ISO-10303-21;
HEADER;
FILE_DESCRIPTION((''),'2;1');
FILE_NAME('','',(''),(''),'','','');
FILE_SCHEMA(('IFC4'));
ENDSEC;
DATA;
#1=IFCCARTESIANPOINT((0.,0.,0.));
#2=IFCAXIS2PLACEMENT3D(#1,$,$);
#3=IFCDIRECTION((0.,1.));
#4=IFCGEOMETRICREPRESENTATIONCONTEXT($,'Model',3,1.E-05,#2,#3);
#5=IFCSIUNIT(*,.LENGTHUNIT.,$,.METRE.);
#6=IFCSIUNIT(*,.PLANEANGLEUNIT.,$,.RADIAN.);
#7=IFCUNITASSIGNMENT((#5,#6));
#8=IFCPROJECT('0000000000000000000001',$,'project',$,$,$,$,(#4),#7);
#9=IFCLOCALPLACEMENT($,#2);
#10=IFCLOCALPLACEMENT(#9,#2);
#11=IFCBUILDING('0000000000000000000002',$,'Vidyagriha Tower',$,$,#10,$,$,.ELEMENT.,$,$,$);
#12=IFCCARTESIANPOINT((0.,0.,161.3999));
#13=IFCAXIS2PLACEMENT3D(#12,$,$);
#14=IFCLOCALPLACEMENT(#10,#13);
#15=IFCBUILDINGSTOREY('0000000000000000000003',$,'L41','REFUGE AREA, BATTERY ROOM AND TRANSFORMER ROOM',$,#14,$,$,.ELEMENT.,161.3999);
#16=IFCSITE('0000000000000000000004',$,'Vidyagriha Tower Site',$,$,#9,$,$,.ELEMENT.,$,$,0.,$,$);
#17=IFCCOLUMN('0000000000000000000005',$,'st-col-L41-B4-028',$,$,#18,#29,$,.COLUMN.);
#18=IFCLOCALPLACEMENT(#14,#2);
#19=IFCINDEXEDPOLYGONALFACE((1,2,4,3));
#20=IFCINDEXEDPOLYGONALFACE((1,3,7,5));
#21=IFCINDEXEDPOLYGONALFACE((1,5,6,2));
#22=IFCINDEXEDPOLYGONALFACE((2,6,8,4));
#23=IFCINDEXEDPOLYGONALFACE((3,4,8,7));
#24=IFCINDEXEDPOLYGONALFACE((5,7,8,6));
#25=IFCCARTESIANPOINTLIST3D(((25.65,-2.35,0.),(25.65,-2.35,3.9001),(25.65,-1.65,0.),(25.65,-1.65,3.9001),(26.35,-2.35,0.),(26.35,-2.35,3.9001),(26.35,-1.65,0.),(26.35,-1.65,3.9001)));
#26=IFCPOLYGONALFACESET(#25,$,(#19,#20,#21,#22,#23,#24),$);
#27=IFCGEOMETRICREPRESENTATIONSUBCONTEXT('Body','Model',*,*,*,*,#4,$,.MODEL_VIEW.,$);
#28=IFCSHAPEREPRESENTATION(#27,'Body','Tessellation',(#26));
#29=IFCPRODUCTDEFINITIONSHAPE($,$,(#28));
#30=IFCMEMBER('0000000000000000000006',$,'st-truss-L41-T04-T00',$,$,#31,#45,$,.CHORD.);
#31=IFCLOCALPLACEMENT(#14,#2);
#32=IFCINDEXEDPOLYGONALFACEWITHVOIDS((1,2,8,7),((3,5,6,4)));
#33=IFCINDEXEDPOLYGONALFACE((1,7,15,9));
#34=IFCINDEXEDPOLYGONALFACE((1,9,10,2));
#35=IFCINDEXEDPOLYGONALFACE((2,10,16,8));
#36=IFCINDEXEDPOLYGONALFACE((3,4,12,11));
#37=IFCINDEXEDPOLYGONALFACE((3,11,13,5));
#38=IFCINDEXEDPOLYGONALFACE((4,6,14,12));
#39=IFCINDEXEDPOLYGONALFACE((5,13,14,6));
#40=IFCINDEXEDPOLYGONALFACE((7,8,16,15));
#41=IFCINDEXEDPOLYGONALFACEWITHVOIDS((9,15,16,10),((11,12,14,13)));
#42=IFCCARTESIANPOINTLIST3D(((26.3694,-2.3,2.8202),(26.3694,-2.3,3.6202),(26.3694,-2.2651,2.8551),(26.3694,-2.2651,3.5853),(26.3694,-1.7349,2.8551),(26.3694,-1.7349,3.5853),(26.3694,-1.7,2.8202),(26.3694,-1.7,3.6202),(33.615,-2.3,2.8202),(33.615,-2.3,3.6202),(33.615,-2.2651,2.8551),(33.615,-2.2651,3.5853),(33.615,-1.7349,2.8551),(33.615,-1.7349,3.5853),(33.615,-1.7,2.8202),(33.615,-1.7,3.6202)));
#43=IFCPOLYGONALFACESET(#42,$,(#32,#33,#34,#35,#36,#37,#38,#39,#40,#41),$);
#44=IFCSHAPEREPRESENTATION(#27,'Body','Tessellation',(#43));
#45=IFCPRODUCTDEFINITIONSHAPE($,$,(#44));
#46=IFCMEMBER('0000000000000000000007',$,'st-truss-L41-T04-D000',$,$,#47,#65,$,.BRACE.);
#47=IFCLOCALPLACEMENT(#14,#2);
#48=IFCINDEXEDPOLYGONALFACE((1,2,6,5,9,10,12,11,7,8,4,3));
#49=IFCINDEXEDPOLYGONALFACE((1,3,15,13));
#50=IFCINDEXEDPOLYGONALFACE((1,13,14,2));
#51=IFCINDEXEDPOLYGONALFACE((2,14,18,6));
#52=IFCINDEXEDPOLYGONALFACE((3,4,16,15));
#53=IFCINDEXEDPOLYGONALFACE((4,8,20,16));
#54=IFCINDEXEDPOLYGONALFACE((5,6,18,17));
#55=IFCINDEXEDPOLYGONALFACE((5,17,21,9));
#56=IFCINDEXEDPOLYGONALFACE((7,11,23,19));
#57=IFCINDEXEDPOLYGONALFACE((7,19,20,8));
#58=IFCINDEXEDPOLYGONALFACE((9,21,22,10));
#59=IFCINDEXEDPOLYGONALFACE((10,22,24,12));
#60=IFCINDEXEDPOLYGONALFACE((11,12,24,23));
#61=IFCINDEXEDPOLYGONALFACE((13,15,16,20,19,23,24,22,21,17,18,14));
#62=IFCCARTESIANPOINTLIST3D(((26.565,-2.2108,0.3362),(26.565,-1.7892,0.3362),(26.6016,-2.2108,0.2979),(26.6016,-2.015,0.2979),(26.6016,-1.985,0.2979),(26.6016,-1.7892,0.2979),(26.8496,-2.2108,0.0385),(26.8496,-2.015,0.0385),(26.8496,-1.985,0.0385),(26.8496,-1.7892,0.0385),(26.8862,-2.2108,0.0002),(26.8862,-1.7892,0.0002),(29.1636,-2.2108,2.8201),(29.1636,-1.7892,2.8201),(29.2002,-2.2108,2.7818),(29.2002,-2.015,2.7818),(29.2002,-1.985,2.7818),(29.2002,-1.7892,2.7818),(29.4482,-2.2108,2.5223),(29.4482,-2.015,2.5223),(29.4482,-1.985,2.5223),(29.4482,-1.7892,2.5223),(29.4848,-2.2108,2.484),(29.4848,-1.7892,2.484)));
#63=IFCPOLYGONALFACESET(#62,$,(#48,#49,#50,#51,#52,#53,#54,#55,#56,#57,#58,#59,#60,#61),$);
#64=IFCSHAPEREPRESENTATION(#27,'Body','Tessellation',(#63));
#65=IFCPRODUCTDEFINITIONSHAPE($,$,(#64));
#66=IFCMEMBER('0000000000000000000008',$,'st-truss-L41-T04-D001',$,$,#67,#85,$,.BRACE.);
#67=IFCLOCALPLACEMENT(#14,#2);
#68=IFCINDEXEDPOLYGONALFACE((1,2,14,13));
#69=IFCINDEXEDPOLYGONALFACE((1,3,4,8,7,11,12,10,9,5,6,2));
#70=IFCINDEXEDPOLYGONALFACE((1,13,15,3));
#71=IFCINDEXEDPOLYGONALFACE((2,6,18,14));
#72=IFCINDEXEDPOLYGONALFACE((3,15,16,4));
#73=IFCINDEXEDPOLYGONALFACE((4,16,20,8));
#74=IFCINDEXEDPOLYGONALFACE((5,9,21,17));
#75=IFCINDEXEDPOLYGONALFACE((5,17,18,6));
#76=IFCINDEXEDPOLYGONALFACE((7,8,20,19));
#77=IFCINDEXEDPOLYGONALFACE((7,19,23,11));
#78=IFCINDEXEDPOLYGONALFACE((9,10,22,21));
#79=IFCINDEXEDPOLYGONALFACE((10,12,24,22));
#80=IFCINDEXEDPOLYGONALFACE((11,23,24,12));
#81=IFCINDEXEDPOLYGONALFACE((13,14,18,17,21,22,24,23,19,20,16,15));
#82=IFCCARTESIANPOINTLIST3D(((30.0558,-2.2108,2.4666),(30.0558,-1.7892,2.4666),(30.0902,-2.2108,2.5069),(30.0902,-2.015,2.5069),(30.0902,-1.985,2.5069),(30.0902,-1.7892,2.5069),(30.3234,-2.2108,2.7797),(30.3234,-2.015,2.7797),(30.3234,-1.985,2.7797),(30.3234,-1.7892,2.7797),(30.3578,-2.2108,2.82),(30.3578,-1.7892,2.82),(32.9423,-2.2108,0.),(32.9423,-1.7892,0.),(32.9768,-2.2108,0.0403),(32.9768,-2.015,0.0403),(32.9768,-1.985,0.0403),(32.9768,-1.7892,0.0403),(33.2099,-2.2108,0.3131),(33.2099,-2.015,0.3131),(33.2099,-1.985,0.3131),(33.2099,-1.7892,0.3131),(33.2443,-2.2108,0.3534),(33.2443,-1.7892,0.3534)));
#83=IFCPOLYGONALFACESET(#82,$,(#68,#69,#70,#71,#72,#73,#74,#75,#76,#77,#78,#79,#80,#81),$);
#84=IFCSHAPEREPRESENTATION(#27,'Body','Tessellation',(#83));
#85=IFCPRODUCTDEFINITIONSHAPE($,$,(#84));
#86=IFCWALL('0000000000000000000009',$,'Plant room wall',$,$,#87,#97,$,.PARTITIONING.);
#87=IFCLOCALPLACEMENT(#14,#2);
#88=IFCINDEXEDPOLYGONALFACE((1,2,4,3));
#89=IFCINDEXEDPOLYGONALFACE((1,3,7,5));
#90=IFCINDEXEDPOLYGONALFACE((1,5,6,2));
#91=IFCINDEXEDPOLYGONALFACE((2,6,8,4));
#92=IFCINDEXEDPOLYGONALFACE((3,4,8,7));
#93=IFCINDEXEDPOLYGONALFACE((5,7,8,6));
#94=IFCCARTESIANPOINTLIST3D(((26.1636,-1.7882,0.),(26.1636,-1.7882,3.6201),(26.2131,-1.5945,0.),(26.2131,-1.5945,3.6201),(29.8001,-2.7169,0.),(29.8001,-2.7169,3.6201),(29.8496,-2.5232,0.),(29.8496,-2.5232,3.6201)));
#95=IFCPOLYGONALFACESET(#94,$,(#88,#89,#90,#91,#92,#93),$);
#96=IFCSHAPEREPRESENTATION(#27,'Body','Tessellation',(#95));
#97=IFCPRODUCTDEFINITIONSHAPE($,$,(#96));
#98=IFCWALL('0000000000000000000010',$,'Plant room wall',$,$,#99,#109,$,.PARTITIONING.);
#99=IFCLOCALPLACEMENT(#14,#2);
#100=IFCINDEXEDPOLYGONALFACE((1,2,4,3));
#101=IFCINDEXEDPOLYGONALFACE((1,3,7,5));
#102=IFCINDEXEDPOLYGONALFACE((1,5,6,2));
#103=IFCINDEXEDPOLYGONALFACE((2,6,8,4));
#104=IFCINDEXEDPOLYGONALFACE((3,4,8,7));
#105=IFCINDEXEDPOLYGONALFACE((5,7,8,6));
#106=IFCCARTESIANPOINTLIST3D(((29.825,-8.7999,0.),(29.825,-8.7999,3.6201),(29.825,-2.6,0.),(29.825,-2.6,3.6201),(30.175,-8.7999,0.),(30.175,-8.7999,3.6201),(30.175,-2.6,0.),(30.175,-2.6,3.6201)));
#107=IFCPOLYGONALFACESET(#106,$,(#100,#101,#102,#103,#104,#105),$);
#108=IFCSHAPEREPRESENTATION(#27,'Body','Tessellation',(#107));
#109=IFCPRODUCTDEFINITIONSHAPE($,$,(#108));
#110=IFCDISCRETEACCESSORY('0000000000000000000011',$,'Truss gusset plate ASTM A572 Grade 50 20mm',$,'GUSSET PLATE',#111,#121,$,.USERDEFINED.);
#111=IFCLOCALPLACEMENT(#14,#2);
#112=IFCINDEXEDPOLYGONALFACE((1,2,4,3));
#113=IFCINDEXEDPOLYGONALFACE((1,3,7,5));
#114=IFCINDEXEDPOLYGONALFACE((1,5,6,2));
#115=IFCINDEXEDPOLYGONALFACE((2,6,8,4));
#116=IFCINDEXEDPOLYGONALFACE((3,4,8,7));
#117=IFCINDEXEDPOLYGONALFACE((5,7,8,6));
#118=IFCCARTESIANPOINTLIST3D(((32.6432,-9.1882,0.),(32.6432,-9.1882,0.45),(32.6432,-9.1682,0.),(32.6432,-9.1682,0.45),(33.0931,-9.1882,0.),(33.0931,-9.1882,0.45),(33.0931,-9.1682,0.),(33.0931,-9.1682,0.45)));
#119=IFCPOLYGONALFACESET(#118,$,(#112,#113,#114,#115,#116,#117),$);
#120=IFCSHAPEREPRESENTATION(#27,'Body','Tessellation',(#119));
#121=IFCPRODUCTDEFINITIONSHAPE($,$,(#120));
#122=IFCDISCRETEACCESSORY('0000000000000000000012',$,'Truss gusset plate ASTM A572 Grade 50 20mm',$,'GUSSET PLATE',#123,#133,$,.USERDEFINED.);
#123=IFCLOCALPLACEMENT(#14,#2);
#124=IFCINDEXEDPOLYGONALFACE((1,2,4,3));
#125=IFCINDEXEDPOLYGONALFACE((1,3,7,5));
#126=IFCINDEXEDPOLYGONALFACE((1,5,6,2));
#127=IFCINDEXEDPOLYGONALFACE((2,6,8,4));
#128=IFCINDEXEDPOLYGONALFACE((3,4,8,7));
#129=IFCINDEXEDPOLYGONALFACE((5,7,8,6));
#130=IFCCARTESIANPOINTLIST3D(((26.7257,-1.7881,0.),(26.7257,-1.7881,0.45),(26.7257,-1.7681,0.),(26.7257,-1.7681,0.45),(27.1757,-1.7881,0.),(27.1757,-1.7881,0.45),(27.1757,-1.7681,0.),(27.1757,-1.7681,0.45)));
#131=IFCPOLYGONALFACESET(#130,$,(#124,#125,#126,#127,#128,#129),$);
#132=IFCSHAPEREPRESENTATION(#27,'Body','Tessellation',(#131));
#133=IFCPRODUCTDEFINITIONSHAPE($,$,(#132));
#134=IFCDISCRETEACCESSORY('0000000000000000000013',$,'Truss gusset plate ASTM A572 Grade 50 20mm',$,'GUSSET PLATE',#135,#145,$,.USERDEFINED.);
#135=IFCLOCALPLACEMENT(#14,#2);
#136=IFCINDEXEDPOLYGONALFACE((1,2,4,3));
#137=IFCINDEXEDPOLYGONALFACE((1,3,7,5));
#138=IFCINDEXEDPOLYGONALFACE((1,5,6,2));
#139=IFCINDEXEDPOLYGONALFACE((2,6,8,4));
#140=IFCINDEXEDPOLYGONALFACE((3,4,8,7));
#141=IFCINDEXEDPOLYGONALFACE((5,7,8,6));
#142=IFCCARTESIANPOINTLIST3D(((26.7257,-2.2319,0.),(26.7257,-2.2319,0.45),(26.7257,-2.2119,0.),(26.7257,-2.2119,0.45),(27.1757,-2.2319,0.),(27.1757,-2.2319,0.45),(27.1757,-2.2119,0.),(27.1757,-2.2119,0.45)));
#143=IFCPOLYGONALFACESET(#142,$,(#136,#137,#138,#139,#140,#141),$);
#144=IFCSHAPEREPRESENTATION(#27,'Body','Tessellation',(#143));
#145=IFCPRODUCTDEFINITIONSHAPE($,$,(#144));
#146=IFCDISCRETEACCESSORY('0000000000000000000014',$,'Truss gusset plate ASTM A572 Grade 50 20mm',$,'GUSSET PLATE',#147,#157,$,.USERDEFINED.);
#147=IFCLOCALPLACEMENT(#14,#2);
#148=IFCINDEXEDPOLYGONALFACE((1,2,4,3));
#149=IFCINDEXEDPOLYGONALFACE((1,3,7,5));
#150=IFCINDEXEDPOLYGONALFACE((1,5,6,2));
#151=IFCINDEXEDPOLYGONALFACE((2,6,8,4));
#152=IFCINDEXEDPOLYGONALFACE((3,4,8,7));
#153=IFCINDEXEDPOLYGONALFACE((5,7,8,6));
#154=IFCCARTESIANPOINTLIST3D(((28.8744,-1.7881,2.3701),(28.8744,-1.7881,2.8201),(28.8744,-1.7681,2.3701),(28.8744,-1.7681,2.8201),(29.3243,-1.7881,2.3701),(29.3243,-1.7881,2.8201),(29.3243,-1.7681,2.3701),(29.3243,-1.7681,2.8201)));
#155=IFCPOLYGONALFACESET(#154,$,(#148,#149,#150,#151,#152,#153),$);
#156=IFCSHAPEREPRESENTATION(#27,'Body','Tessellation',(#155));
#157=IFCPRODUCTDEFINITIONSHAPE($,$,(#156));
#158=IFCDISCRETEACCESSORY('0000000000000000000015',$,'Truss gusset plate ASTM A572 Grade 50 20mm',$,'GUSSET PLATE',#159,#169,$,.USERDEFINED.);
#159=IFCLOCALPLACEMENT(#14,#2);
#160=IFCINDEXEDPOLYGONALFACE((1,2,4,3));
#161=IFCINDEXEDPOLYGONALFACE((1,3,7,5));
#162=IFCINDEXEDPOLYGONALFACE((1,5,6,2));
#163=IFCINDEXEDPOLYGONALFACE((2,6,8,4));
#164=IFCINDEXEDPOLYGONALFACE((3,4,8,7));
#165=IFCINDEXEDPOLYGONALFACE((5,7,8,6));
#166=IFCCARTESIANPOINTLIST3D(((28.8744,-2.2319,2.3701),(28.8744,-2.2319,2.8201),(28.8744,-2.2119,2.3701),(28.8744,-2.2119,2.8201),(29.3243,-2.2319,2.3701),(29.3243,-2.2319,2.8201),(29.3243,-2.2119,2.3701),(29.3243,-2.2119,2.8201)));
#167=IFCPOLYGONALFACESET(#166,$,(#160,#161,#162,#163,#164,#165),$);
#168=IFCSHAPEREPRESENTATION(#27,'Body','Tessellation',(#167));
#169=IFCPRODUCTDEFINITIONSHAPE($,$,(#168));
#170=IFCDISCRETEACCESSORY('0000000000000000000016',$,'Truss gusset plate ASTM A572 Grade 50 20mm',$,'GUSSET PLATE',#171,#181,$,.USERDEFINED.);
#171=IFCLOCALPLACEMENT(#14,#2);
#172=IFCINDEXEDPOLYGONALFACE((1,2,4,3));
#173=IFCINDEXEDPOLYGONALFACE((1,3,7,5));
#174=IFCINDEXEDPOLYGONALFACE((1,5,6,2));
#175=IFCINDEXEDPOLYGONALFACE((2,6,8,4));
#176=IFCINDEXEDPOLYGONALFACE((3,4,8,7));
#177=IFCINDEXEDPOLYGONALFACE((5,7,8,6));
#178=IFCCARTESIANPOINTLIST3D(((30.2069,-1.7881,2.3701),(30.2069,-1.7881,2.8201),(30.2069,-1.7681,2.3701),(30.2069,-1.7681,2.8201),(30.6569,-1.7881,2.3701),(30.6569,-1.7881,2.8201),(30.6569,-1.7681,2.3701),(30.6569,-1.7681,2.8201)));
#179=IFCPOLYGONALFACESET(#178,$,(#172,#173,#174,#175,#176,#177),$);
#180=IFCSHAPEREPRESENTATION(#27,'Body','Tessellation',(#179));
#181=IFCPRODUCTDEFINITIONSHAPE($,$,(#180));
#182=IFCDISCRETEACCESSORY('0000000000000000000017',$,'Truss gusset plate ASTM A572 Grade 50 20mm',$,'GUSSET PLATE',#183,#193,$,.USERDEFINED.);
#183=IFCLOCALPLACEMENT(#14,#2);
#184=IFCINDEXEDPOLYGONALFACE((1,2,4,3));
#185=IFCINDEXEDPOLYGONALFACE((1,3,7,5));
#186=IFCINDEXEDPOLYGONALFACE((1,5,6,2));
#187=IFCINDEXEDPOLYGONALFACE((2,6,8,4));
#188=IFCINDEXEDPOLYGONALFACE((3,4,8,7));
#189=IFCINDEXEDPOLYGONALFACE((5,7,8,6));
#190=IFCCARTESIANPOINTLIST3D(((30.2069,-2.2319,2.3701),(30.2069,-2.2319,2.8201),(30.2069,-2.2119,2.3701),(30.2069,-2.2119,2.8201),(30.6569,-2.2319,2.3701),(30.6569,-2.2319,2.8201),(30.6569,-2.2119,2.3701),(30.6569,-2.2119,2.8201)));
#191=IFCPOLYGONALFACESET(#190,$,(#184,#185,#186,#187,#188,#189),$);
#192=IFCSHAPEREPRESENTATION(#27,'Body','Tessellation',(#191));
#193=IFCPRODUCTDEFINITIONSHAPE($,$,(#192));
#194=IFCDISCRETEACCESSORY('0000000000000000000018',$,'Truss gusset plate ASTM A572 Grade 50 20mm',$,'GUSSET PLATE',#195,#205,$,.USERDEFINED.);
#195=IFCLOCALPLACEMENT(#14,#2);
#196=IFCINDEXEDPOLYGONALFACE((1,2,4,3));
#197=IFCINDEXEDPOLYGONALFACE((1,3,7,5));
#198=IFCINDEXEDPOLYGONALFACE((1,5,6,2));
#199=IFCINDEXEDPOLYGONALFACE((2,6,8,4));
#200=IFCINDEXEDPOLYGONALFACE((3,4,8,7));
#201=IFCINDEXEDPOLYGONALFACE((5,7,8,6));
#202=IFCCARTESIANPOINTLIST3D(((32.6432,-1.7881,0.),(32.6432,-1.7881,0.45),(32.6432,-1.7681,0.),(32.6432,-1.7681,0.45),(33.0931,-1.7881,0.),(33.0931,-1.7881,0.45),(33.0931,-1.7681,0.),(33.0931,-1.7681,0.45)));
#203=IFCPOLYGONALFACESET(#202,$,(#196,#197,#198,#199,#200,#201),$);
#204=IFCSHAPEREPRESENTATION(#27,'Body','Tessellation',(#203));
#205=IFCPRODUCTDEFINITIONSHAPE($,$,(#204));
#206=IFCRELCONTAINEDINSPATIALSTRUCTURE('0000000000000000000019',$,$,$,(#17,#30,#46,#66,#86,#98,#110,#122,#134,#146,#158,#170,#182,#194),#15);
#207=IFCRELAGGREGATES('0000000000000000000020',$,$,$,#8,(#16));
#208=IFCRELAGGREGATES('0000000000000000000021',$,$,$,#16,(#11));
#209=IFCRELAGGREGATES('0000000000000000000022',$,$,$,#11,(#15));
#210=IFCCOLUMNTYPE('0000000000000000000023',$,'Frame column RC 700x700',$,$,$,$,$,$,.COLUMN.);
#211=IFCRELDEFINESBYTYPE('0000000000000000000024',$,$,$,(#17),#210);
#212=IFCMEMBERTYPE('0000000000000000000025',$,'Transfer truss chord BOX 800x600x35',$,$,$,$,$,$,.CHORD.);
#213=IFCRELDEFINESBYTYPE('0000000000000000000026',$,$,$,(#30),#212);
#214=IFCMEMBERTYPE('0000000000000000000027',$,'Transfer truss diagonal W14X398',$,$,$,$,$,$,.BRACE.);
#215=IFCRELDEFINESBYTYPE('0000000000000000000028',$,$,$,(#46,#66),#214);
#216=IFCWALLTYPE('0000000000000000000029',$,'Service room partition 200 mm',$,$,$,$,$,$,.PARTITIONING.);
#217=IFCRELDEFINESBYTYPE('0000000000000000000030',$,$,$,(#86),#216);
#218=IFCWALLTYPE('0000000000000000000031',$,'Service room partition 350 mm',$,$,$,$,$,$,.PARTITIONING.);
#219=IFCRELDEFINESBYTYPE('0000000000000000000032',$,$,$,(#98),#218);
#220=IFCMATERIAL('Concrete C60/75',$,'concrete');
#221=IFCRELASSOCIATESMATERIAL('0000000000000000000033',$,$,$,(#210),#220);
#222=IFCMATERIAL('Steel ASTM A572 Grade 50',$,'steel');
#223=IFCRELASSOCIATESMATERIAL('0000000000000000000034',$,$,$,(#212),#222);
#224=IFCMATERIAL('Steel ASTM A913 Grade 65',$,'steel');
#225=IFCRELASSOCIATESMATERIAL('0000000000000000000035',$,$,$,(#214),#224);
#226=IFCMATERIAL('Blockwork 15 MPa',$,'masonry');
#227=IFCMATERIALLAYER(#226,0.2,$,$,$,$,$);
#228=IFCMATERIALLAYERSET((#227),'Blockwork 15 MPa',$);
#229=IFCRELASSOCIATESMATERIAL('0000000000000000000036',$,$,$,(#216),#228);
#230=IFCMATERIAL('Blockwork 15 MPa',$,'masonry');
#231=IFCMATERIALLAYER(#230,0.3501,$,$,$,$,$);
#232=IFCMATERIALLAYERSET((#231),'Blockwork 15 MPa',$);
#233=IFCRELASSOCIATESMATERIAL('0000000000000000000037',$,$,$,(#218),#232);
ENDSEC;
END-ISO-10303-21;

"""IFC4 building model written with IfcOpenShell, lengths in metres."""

from ifc_helpers import new_model, si_unit, direction, frame, frame_2d, origin, origin_2d, place, context, subcontext, project, spatial, rectangle, hollow_rectangle, i_section, extrude, material, layer, layer_set, material_profile, profile_set, type_object, element, save


model = new_model("IFC4")

# Units and contexts
model_context = context("Model", 3, precision=1e-05, world=origin(), true_north=direction((0.0, 1.0)))
body_context = subcontext(model_context, "Body", "Model", "MODEL_VIEW")
ifc_project = project(units=[si_unit("LENGTHUNIT", "METRE"), si_unit("PLANEANGLEUNIT", "RADIAN")], contexts=[model_context])

# Site, building, storey
site_placement = place(None, origin())
site = spatial("IfcSite", under=ifc_project, at=site_placement, Name="Vidyagriha Tower Site", CompositionType="ELEMENT", RefElevation=0.0)
building_placement = place(site_placement, origin())
building = spatial("IfcBuilding", under=site, at=building_placement, Name="Vidyagriha Tower", CompositionType="ELEMENT")
storey_placement = place(building_placement, frame((0.0, 0.0, 161.3999)))
storey = spatial("IfcBuildingStorey", under=building, at=storey_placement, Name="L41", Description="REFUGE AREA, BATTERY ROOM AND TRANSFORMER ROOM", CompositionType="ELEMENT", Elevation=161.3999)

# Column
ifc_material_1 = material(Name="Concrete C60/75", Category="concrete")
ifc_material_profile_1 = material_profile(ifc_material_1, rectangle(XDim=0.7, YDim=0.7, at=origin_2d()), Name="RC 700x700")
ifc_profile_set_1 = profile_set([ifc_material_profile_1], Name="Concrete C60/75")
column_type = type_object("IfcColumnType", Name="Frame column RC 700x700", PredefinedType="COLUMN", material=ifc_profile_set_1)
column_placement = place(storey_placement, frame((26.0, -2.0, 0.0)))
element("IfcColumn", 1, at=column_placement, inside=storey, type_object=column_type, Name="st-col-L41-B4-028", PredefinedType="COLUMN", context=body_context, shape_type="SweptSolid", body=[
    extrude(rectangle(XDim=0.7, YDim=0.7, at=origin_2d()), origin(), (0.0, 0.0, 1.0), 3.9001),
])

# Members
ifc_material_2 = material(Name="Steel ASTM A572 Grade 50", Category="steel")
ifc_material_profile_2 = material_profile(ifc_material_2, hollow_rectangle(XDim=0.6001, YDim=0.8, WallThickness=0.0349, at=origin_2d()), Name="BOX 800x600x35")
ifc_profile_set_2 = profile_set([ifc_material_profile_2], Name="Steel ASTM A572 Grade 50")
member_type_1 = type_object("IfcMemberType", Name="Transfer truss chord BOX 800x600x35", PredefinedType="CHORD", material=ifc_profile_set_2)
member_1_placement = place(storey_placement, frame((26.3694, -2.0, 3.2202), z_axis=(1.0, 0.0, 0.0), x_axis=(0.0, 1.0, 0.0)))
element("IfcMember", 2, at=member_1_placement, inside=storey, type_object=member_type_1, Name="st-truss-L41-T04-T00", PredefinedType="CHORD", context=body_context, shape_type="SweptSolid", body=[
    extrude(hollow_rectangle(XDim=0.6001, YDim=0.8, WallThickness=0.0349, at=origin_2d()), origin(), (0.0, 0.0, 1.0), 7.2456),
])
ifc_material_3 = material(Name="Steel ASTM A913 Grade 65", Category="steel")
ifc_material_profile_3 = material_profile(ifc_material_3, i_section(OverallWidth=0.4216, OverallDepth=0.4648, WebThickness=0.03, FlangeThickness=0.053, at=origin_2d()), Name="W14X398")
ifc_profile_set_3 = profile_set([ifc_material_profile_3], Name="Steel ASTM A913 Grade 65")
member_type_2 = type_object("IfcMemberType", Name="Transfer truss diagonal W14X398", PredefinedType="BRACE", material=ifc_profile_set_3)
member_2_placement = place(storey_placement, frame((26.7256, -2.0, 0.1682), z_axis=(0.722887, 0.0, 0.690967), x_axis=(0.0, 1.0, 0.0)))
element("IfcMember", 3, at=member_2_placement, inside=storey, type_object=member_type_2, Name="st-truss-L41-T04-D000", PredefinedType="BRACE", context=body_context, shape_type="SweptSolid", body=[
    extrude(i_section(OverallWidth=0.4216, OverallDepth=0.4648, WebThickness=0.03, FlangeThickness=0.053, at=origin_2d()), origin(), (0.0, 0.0, 1.0), 3.5947),
])
member_3_placement = place(storey_placement, frame((30.2068, -2.0, 2.6433), z_axis=(0.760241, 0.0, -0.649642), x_axis=(0.0, 1.0, 0.0)))
element("IfcMember", 4, at=member_3_placement, inside=storey, type_object=member_type_2, Name="st-truss-L41-T04-D001", PredefinedType="BRACE", context=body_context, shape_type="SweptSolid", body=[
    extrude(i_section(OverallWidth=0.4216, OverallDepth=0.4648, WebThickness=0.03, FlangeThickness=0.053, at=origin_2d()), origin(), (0.0, 0.0, 1.0), 3.7969),
])

# Walls
ifc_material_4 = material(Name="Blockwork 15 MPa", Category="masonry")
ifc_layer_1 = layer(ifc_material_4, 0.2)
ifc_layer_set_1 = layer_set([ifc_layer_1], Name="Blockwork 15 MPa")
wall_type_1 = type_object("IfcWallType", Name="Service room partition 200 mm", PredefinedType="PARTITIONING", material=ifc_layer_set_1)
wall_1_placement = place(storey_placement, frame((26.1885, -1.6914, 0.0), z_axis=(0.0, 0.0, 1.0), x_axis=(0.968902, -0.247446, 0.0)))
element("IfcWall", 5, at=wall_1_placement, inside=storey, type_object=wall_type_1, Name="Plant room wall", PredefinedType="PARTITIONING", context=body_context, shape_type="SweptSolid", body=[
    extrude(rectangle(XDim=3.7532, YDim=0.2, at=frame_2d((1.8765, 0.0))), origin(), (0.0, 0.0, 1.0), 3.6201),
])
ifc_material_5 = material(Name="Blockwork 15 MPa", Category="masonry")
ifc_layer_2 = layer(ifc_material_5, 0.3501)
ifc_layer_set_2 = layer_set([ifc_layer_2], Name="Blockwork 15 MPa")
wall_type_2 = type_object("IfcWallType", Name="Service room partition 350 mm", PredefinedType="PARTITIONING", material=ifc_layer_set_2)
wall_2_placement = place(storey_placement, frame((30.0, -8.8, 0.0), z_axis=(0.0, 0.0, 1.0), x_axis=(0.0, 1.0, 0.0)))
element("IfcWall", 6, at=wall_2_placement, inside=storey, type_object=wall_type_2, Name="Plant room wall", PredefinedType="PARTITIONING", context=body_context, shape_type="SweptSolid", body=[
    extrude(rectangle(XDim=6.2, YDim=0.3501, at=frame_2d((3.1001, 0.0))), origin(), (0.0, 0.0, 1.0), 3.6201),
])

# Discrete accessories
for number, where, name in (
    (7, (32.8682, -9.1782, 0.0), "Truss gusset plate ASTM A572 Grade 50 20mm"),
    (8, (26.9507, -1.7781, 0.0), "Truss gusset plate ASTM A572 Grade 50 20mm"),
    (9, (26.9507, -2.2219, 0.0), "Truss gusset plate ASTM A572 Grade 50 20mm"),
    (10, (29.0994, -1.7781, 2.3701), "Truss gusset plate ASTM A572 Grade 50 20mm"),
    (11, (29.0994, -2.2219, 2.3701), "Truss gusset plate ASTM A572 Grade 50 20mm"),
    (12, (30.4319, -1.7781, 2.3701), "Truss gusset plate ASTM A572 Grade 50 20mm"),
    (13, (30.4319, -2.2219, 2.3701), "Truss gusset plate ASTM A572 Grade 50 20mm"),
    (14, (32.8682, -1.7781, 0.0), "Truss gusset plate ASTM A572 Grade 50 20mm"),
):
    element("IfcDiscreteAccessory", number, at=place(storey_placement, frame(where)), inside=storey, Name=name, ObjectType="GUSSET PLATE", PredefinedType="USERDEFINED", context=body_context, shape_type="SweptSolid", body=[
        extrude(rectangle(XDim=0.45, YDim=0.02, at=origin_2d()), origin(), (0.0, 0.0, 1.0), 0.45),
    ])

save(model, "model.ifc")
